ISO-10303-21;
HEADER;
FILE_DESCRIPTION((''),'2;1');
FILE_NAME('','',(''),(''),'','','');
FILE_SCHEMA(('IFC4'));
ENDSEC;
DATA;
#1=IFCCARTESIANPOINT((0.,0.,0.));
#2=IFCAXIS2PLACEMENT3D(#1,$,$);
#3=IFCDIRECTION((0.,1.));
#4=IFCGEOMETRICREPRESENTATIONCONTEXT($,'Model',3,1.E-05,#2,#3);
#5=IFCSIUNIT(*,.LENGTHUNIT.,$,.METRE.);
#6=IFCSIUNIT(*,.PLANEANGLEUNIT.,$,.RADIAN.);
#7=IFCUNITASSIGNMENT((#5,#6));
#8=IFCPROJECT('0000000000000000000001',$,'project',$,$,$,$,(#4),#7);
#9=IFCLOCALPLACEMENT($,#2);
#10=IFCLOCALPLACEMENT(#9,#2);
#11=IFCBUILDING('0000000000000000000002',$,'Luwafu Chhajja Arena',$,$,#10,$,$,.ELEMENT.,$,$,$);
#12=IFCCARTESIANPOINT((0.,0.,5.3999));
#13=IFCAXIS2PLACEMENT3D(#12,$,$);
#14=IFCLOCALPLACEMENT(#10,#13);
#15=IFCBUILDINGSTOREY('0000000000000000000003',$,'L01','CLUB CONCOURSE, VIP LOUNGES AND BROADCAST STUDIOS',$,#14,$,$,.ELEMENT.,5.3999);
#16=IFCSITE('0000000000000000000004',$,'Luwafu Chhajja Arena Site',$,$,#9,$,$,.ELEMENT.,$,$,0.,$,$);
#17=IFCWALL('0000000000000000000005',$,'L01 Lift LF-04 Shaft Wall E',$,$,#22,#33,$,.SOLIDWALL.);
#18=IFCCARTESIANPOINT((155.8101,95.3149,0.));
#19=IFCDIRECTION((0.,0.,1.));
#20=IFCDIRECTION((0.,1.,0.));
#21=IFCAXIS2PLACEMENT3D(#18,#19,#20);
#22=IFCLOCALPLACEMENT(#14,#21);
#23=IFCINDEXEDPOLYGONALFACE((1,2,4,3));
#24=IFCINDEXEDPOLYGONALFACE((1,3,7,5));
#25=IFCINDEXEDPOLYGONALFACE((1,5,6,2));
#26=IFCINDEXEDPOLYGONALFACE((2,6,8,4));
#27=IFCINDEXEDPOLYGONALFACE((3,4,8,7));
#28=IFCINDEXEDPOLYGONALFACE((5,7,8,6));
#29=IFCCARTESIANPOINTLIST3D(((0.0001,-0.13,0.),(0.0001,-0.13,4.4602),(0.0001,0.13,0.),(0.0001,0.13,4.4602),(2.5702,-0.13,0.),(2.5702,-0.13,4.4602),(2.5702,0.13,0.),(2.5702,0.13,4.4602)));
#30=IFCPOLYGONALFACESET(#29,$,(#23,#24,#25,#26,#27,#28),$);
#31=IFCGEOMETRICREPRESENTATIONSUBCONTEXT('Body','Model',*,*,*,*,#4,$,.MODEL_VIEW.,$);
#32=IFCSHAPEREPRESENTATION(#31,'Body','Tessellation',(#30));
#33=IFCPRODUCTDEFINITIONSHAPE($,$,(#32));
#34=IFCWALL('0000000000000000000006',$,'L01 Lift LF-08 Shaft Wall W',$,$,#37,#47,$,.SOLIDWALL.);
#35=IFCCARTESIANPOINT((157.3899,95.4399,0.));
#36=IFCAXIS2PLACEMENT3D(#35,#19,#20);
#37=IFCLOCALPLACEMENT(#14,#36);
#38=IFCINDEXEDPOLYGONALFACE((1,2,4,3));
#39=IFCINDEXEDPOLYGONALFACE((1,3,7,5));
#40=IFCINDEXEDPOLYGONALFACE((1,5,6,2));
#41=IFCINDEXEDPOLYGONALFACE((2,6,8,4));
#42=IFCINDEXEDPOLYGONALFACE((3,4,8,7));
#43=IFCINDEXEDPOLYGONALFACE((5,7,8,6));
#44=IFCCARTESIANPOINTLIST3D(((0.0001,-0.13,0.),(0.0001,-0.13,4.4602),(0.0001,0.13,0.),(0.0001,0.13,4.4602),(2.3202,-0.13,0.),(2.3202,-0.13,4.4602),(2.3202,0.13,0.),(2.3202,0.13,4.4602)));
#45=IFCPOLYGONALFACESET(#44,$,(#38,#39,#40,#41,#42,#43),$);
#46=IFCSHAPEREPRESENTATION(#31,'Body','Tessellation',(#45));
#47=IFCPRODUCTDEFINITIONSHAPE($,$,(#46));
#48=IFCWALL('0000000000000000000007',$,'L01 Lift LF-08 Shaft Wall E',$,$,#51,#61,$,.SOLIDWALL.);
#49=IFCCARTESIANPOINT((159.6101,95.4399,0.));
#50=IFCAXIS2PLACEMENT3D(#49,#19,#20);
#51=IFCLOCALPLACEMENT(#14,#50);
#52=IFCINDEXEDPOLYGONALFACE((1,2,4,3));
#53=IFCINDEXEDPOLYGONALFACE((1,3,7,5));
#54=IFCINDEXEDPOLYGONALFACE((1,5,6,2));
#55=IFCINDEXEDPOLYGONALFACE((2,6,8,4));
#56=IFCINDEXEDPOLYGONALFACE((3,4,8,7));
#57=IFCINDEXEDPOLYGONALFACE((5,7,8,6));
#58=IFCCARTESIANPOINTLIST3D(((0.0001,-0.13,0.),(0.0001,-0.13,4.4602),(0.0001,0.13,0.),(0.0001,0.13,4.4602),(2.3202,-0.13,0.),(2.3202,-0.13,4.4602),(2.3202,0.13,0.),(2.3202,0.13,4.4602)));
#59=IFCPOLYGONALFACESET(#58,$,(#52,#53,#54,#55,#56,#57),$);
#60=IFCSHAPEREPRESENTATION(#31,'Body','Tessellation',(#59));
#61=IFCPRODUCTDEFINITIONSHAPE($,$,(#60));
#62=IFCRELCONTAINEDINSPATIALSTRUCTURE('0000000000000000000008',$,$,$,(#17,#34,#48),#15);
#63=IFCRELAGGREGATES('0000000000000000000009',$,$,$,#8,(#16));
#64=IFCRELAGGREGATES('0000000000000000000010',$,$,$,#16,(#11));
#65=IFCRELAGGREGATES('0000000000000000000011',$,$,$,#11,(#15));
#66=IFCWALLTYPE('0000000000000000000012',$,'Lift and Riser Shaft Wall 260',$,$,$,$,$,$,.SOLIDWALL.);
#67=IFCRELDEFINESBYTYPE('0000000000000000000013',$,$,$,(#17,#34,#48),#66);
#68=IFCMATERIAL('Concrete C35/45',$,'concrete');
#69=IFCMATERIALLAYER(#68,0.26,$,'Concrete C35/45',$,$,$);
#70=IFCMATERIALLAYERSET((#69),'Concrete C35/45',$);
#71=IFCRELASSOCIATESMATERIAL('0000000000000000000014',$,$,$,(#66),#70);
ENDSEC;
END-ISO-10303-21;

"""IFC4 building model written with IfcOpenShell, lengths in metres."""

from ifc_helpers import new_model, si_unit, direction, frame, frame_2d, origin, place, context, subcontext, project, spatial, rectangle, extrude, material, layer, layer_set, type_object, element, save


model = new_model("IFC4")

# Units and contexts
model_context = context("Model", 3, precision=1e-05, world=origin(), true_north=direction((0.0, 1.0)))
body_context = subcontext(model_context, "Body", "Model", "MODEL_VIEW")
ifc_project = project(units=[si_unit("LENGTHUNIT", "METRE"), si_unit("PLANEANGLEUNIT", "RADIAN")], contexts=[model_context])

# Site, building, storey
site_placement = place(None, origin())
site = spatial("IfcSite", under=ifc_project, at=site_placement, Name="Luwafu Chhajja Arena Site", CompositionType="ELEMENT", RefElevation=0.0)
building_placement = place(site_placement, origin())
building = spatial("IfcBuilding", under=site, at=building_placement, Name="Luwafu Chhajja Arena", CompositionType="ELEMENT")
storey_placement = place(building_placement, frame((0.0, 0.0, 5.3999)))
storey = spatial("IfcBuildingStorey", under=building, at=storey_placement, Name="L01", Description="CLUB CONCOURSE, VIP LOUNGES AND BROADCAST STUDIOS", CompositionType="ELEMENT", Elevation=5.3999)

# Shared definitions
ifc_material_1 = material(Name="Concrete C35/45", Category="concrete")

# Wall
ifc_layer_1 = layer(ifc_material_1, 0.26, Name="Concrete C35/45")
ifc_layer_set_1 = layer_set([ifc_layer_1], Name="Concrete C35/45")
wall_type_1 = type_object("IfcWallType", Name="Lift and Riser Shaft Wall 260", PredefinedType="SOLIDWALL", material=ifc_layer_set_1)
wall_1_placement = place(storey_placement, frame((155.8101, 95.3149, 0.0), z_axis=(0.0, 0.0, 1.0), x_axis=(0.0, 1.0, 0.0)))
element("IfcWall", 1, at=wall_1_placement, inside=storey, type_object=wall_type_1, Name="L01 Lift LF-04 Shaft Wall E", PredefinedType="SOLIDWALL", context=body_context, shape_type="SweptSolid", body=[
    extrude(rectangle(XDim=2.5701, YDim=0.26, at=frame_2d((1.2852, 0.0))), origin(), (0.0, 0.0, 1.0), 4.4602),
])

# Walls
for number, where, z_axis, x_axis, name in (
    (2, (157.3899, 95.4399, 0.0), (0.0, 0.0, 1.0), (0.0, 1.0, 0.0), "L01 Lift LF-08 Shaft Wall W"),
    (3, (159.6101, 95.4399, 0.0), (0.0, 0.0, 1.0), (0.0, 1.0, 0.0), "L01 Lift LF-08 Shaft Wall E"),
):
    element("IfcWall", number, at=place(storey_placement, frame(where, z_axis=z_axis, x_axis=x_axis)), inside=storey, type_object=wall_type_1, Name=name, PredefinedType="SOLIDWALL", context=body_context, shape_type="SweptSolid", body=[
        extrude(rectangle(XDim=2.3201, YDim=0.26, at=frame_2d((1.1602, 0.0))), origin(), (0.0, 0.0, 1.0), 4.4602),
    ])

save(model, "model.ifc")
